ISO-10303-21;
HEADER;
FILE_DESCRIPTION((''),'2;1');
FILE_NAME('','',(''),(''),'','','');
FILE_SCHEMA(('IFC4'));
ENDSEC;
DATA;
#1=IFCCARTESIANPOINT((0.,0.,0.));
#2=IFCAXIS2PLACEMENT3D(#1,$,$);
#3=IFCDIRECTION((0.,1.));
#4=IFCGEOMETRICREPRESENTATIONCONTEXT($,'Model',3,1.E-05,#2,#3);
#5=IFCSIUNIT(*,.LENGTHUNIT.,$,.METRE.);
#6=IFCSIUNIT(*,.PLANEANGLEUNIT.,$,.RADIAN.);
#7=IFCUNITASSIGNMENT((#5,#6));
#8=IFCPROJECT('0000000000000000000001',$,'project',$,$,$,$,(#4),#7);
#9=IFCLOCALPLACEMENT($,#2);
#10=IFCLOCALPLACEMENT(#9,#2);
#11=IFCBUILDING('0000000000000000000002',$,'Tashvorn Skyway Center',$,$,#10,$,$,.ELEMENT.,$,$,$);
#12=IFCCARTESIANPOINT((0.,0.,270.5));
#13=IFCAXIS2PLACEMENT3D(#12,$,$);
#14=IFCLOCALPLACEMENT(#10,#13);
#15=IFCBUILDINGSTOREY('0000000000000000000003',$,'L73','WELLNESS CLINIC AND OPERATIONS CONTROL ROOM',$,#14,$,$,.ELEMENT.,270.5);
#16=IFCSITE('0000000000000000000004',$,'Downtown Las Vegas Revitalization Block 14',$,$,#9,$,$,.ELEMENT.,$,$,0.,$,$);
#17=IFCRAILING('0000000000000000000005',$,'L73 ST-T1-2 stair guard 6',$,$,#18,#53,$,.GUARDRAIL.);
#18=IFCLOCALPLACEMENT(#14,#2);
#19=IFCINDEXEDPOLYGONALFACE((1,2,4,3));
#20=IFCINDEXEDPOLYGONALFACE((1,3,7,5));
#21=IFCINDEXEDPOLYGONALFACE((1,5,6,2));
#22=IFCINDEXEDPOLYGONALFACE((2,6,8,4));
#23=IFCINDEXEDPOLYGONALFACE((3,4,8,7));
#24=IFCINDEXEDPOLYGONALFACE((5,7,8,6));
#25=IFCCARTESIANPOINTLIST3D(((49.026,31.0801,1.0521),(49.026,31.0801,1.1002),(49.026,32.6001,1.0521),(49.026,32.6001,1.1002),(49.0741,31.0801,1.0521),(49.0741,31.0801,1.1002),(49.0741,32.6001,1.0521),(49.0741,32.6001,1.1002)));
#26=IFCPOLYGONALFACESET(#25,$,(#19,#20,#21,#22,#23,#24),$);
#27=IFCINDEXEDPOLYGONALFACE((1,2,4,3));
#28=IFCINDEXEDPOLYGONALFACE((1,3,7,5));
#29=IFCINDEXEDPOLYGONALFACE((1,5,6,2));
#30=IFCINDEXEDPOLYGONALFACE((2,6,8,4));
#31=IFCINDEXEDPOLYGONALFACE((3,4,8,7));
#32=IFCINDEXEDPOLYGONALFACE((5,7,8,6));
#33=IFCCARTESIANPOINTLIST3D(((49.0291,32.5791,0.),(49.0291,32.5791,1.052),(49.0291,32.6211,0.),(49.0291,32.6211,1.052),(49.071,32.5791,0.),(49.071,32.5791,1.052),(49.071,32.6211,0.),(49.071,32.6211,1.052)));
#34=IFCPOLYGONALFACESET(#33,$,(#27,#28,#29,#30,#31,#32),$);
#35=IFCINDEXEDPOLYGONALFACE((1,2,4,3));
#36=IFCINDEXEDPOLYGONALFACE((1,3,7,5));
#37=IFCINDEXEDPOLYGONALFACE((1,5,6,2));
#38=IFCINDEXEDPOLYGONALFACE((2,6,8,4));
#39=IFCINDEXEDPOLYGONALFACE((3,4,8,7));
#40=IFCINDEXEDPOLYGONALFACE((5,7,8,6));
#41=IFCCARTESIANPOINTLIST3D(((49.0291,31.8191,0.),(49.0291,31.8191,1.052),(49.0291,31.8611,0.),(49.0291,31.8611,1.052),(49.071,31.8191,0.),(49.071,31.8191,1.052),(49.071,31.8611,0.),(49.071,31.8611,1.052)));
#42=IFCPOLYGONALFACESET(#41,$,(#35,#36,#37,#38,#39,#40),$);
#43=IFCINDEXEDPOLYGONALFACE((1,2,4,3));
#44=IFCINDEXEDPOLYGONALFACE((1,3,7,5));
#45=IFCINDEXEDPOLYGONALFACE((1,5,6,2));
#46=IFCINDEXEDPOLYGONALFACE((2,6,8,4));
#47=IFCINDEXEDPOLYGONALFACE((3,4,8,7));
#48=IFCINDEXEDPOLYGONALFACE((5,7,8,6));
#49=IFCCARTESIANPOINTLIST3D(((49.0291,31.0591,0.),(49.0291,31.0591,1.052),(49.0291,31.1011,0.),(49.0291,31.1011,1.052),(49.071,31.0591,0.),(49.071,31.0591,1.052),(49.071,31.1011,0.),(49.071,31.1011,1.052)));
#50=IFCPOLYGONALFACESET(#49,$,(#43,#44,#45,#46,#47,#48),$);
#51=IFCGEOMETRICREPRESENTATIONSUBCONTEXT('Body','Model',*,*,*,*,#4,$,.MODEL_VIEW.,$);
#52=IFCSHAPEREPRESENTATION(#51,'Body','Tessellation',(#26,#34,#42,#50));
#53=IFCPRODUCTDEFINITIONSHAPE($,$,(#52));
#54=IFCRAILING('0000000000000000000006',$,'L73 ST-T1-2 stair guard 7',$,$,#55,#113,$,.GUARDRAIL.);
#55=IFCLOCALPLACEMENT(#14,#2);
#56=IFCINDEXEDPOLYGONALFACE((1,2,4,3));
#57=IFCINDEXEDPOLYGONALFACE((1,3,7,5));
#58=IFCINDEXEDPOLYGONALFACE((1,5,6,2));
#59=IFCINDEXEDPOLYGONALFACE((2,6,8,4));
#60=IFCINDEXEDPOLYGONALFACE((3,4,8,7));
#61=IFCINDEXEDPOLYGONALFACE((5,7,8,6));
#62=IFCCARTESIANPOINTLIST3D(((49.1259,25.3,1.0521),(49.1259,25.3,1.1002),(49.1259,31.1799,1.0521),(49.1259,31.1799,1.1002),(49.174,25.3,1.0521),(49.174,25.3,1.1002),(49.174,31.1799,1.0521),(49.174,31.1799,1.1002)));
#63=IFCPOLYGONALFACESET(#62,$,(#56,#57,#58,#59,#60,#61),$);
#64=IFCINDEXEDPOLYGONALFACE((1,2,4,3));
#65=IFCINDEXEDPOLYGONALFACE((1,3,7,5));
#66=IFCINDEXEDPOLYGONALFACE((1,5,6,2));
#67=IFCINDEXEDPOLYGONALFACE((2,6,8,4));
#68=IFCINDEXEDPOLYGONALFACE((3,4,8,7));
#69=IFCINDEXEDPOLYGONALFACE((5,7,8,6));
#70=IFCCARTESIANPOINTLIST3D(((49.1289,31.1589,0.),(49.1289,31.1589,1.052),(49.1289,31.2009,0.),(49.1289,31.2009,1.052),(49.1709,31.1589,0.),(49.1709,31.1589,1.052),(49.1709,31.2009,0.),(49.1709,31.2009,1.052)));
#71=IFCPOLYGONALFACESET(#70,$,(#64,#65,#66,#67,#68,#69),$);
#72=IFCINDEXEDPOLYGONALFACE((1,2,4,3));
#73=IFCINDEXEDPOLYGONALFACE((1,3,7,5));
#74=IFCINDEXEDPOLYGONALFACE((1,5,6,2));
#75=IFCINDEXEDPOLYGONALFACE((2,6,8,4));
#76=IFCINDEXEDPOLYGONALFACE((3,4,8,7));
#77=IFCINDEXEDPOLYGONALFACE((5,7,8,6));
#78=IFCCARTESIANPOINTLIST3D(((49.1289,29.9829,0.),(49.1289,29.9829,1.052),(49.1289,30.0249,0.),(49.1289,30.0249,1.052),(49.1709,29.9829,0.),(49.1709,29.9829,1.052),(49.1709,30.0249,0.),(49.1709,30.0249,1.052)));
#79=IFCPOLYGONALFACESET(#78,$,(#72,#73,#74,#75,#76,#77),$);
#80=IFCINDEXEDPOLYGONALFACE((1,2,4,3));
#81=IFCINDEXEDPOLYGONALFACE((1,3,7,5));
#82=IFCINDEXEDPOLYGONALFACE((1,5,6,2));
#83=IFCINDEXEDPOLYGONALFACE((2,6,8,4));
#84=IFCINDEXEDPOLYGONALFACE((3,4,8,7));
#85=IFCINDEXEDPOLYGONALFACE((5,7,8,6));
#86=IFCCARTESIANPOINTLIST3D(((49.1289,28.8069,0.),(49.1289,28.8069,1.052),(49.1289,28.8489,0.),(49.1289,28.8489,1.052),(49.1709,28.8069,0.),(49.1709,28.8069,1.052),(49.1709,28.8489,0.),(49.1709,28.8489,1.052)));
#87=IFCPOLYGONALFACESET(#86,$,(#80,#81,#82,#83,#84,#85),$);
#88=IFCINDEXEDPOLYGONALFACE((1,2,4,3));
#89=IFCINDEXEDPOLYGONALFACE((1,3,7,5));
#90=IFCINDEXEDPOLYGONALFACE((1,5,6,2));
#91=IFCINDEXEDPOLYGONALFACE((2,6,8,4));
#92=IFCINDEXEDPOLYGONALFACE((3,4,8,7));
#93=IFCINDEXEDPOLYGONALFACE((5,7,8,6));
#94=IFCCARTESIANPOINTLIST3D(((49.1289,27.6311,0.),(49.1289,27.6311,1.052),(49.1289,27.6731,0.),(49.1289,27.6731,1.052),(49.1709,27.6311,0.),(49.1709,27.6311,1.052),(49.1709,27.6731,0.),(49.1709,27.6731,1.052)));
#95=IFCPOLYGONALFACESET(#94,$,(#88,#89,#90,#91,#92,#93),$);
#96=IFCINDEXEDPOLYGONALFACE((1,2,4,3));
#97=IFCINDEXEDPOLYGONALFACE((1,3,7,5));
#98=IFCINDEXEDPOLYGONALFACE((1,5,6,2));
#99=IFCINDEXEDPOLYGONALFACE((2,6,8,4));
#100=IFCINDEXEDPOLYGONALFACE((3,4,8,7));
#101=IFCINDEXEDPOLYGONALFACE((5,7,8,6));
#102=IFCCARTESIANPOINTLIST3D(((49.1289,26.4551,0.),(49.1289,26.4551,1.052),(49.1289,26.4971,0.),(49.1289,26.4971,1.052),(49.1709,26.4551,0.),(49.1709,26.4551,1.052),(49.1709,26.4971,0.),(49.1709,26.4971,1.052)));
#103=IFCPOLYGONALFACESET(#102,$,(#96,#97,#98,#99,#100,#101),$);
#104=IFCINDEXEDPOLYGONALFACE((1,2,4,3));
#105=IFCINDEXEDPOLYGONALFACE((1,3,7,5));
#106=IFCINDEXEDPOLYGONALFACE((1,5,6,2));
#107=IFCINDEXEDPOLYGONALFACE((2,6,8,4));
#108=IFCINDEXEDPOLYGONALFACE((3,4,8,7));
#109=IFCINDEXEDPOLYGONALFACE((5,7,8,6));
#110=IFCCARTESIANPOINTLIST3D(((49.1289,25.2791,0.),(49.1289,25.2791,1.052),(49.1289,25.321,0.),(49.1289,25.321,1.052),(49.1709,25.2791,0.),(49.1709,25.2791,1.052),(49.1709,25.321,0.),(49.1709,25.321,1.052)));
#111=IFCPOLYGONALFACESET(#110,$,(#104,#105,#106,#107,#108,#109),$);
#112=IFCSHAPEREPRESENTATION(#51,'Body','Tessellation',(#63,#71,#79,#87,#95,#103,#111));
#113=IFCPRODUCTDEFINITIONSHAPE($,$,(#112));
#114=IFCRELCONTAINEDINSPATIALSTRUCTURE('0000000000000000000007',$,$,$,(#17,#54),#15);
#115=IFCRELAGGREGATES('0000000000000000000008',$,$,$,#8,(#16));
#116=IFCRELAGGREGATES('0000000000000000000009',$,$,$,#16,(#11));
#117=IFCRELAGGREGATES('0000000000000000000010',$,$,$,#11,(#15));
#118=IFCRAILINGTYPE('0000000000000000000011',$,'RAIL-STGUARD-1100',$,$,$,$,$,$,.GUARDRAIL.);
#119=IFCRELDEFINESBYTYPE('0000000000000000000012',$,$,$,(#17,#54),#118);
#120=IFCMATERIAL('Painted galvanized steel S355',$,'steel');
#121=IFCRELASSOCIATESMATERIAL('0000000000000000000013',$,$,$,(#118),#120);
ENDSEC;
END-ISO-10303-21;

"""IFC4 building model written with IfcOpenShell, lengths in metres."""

from ifc_helpers import new_model, si_unit, direction, frame, origin, origin_2d, place, context, subcontext, project, spatial, rectangle, extrude, material, type_object, element, save


model = new_model("IFC4")

# Units and contexts
model_context = context("Model", 3, precision=1e-05, world=origin(), true_north=direction((0.0, 1.0)))
body_context = subcontext(model_context, "Body", "Model", "MODEL_VIEW")
ifc_project = project(units=[si_unit("LENGTHUNIT", "METRE"), si_unit("PLANEANGLEUNIT", "RADIAN")], contexts=[model_context])

# Site, building, storey
site_placement = place(None, origin())
site = spatial("IfcSite", under=ifc_project, at=site_placement, Name="Downtown Las Vegas Revitalization Block 14", CompositionType="ELEMENT", RefElevation=0.0)
building_placement = place(site_placement, origin())
building = spatial("IfcBuilding", under=site, at=building_placement, Name="Tashvorn Skyway Center", CompositionType="ELEMENT")
storey_placement = place(building_placement, frame((0.0, 0.0, 270.5)))
storey = spatial("IfcBuildingStorey", under=building, at=storey_placement, Name="L73", Description="WELLNESS CLINIC AND OPERATIONS CONTROL ROOM", CompositionType="ELEMENT", Elevation=270.5)

# Railings
ifc_material_1 = material(Name="Painted galvanized steel S355", Category="steel")
railing_type = type_object("IfcRailingType", Name="RAIL-STGUARD-1100", PredefinedType="GUARDRAIL", material=ifc_material_1)
railing_1_placement = place(storey_placement, frame((49.05, 32.6001, 0.0)))
element("IfcRailing", 1, at=railing_1_placement, inside=storey, type_object=railing_type, Name="L73 ST-T1-2 stair guard 6", PredefinedType="GUARDRAIL", context=body_context, shape_type="SweptSolid", body=[
    extrude(rectangle(XDim=0.0481, YDim=0.0481, at=origin_2d()), frame((0.0, 0.0, 1.0762), z_axis=(0.0, -1.0, 0.0), x_axis=(1.0, 0.0, 0.0)), (0.0, 0.0, 1.0), 1.52),
    extrude(rectangle(XDim=0.042, YDim=0.042, at=origin_2d()), origin(), (0.0, 0.0, 1.0), 1.052),
    extrude(rectangle(XDim=0.042, YDim=0.042, at=origin_2d()), frame((0.0, -0.76, 0.0)), (0.0, 0.0, 1.0), 1.052),
    extrude(rectangle(XDim=0.042, YDim=0.042, at=origin_2d()), frame((0.0, -1.52, 0.0)), (0.0, 0.0, 1.0), 1.052),
])
railing_2_placement = place(storey_placement, frame((49.1499, 31.1799, 0.0)))
element("IfcRailing", 2, at=railing_2_placement, inside=storey, type_object=railing_type, Name="L73 ST-T1-2 stair guard 7", PredefinedType="GUARDRAIL", context=body_context, shape_type="SweptSolid", body=[
    extrude(rectangle(XDim=0.0481, YDim=0.0481, at=origin_2d()), frame((0.0, 0.0, 1.0762), z_axis=(0.0, -1.0, 0.0), x_axis=(1.0, 0.0, 0.0)), (0.0, 0.0, 1.0), 5.8799),
    extrude(rectangle(XDim=0.042, YDim=0.042, at=origin_2d()), origin(), (0.0, 0.0, 1.0), 1.052),
    extrude(rectangle(XDim=0.042, YDim=0.042, at=origin_2d()), frame((0.0, -1.176, 0.0)), (0.0, 0.0, 1.0), 1.052),
    extrude(rectangle(XDim=0.042, YDim=0.042, at=origin_2d()), frame((0.0, -2.3521, 0.0)), (0.0, 0.0, 1.0), 1.052),
    extrude(rectangle(XDim=0.042, YDim=0.042, at=origin_2d()), frame((0.0, -3.5278, 0.0)), (0.0, 0.0, 1.0), 1.052),
    extrude(rectangle(XDim=0.042, YDim=0.042, at=origin_2d()), frame((0.0, -4.7039, 0.0)), (0.0, 0.0, 1.0), 1.052),
    extrude(rectangle(XDim=0.042, YDim=0.042, at=origin_2d()), frame((0.0, -5.8799, 0.0)), (0.0, 0.0, 1.0), 1.052),
])

save(model, "model.ifc")
